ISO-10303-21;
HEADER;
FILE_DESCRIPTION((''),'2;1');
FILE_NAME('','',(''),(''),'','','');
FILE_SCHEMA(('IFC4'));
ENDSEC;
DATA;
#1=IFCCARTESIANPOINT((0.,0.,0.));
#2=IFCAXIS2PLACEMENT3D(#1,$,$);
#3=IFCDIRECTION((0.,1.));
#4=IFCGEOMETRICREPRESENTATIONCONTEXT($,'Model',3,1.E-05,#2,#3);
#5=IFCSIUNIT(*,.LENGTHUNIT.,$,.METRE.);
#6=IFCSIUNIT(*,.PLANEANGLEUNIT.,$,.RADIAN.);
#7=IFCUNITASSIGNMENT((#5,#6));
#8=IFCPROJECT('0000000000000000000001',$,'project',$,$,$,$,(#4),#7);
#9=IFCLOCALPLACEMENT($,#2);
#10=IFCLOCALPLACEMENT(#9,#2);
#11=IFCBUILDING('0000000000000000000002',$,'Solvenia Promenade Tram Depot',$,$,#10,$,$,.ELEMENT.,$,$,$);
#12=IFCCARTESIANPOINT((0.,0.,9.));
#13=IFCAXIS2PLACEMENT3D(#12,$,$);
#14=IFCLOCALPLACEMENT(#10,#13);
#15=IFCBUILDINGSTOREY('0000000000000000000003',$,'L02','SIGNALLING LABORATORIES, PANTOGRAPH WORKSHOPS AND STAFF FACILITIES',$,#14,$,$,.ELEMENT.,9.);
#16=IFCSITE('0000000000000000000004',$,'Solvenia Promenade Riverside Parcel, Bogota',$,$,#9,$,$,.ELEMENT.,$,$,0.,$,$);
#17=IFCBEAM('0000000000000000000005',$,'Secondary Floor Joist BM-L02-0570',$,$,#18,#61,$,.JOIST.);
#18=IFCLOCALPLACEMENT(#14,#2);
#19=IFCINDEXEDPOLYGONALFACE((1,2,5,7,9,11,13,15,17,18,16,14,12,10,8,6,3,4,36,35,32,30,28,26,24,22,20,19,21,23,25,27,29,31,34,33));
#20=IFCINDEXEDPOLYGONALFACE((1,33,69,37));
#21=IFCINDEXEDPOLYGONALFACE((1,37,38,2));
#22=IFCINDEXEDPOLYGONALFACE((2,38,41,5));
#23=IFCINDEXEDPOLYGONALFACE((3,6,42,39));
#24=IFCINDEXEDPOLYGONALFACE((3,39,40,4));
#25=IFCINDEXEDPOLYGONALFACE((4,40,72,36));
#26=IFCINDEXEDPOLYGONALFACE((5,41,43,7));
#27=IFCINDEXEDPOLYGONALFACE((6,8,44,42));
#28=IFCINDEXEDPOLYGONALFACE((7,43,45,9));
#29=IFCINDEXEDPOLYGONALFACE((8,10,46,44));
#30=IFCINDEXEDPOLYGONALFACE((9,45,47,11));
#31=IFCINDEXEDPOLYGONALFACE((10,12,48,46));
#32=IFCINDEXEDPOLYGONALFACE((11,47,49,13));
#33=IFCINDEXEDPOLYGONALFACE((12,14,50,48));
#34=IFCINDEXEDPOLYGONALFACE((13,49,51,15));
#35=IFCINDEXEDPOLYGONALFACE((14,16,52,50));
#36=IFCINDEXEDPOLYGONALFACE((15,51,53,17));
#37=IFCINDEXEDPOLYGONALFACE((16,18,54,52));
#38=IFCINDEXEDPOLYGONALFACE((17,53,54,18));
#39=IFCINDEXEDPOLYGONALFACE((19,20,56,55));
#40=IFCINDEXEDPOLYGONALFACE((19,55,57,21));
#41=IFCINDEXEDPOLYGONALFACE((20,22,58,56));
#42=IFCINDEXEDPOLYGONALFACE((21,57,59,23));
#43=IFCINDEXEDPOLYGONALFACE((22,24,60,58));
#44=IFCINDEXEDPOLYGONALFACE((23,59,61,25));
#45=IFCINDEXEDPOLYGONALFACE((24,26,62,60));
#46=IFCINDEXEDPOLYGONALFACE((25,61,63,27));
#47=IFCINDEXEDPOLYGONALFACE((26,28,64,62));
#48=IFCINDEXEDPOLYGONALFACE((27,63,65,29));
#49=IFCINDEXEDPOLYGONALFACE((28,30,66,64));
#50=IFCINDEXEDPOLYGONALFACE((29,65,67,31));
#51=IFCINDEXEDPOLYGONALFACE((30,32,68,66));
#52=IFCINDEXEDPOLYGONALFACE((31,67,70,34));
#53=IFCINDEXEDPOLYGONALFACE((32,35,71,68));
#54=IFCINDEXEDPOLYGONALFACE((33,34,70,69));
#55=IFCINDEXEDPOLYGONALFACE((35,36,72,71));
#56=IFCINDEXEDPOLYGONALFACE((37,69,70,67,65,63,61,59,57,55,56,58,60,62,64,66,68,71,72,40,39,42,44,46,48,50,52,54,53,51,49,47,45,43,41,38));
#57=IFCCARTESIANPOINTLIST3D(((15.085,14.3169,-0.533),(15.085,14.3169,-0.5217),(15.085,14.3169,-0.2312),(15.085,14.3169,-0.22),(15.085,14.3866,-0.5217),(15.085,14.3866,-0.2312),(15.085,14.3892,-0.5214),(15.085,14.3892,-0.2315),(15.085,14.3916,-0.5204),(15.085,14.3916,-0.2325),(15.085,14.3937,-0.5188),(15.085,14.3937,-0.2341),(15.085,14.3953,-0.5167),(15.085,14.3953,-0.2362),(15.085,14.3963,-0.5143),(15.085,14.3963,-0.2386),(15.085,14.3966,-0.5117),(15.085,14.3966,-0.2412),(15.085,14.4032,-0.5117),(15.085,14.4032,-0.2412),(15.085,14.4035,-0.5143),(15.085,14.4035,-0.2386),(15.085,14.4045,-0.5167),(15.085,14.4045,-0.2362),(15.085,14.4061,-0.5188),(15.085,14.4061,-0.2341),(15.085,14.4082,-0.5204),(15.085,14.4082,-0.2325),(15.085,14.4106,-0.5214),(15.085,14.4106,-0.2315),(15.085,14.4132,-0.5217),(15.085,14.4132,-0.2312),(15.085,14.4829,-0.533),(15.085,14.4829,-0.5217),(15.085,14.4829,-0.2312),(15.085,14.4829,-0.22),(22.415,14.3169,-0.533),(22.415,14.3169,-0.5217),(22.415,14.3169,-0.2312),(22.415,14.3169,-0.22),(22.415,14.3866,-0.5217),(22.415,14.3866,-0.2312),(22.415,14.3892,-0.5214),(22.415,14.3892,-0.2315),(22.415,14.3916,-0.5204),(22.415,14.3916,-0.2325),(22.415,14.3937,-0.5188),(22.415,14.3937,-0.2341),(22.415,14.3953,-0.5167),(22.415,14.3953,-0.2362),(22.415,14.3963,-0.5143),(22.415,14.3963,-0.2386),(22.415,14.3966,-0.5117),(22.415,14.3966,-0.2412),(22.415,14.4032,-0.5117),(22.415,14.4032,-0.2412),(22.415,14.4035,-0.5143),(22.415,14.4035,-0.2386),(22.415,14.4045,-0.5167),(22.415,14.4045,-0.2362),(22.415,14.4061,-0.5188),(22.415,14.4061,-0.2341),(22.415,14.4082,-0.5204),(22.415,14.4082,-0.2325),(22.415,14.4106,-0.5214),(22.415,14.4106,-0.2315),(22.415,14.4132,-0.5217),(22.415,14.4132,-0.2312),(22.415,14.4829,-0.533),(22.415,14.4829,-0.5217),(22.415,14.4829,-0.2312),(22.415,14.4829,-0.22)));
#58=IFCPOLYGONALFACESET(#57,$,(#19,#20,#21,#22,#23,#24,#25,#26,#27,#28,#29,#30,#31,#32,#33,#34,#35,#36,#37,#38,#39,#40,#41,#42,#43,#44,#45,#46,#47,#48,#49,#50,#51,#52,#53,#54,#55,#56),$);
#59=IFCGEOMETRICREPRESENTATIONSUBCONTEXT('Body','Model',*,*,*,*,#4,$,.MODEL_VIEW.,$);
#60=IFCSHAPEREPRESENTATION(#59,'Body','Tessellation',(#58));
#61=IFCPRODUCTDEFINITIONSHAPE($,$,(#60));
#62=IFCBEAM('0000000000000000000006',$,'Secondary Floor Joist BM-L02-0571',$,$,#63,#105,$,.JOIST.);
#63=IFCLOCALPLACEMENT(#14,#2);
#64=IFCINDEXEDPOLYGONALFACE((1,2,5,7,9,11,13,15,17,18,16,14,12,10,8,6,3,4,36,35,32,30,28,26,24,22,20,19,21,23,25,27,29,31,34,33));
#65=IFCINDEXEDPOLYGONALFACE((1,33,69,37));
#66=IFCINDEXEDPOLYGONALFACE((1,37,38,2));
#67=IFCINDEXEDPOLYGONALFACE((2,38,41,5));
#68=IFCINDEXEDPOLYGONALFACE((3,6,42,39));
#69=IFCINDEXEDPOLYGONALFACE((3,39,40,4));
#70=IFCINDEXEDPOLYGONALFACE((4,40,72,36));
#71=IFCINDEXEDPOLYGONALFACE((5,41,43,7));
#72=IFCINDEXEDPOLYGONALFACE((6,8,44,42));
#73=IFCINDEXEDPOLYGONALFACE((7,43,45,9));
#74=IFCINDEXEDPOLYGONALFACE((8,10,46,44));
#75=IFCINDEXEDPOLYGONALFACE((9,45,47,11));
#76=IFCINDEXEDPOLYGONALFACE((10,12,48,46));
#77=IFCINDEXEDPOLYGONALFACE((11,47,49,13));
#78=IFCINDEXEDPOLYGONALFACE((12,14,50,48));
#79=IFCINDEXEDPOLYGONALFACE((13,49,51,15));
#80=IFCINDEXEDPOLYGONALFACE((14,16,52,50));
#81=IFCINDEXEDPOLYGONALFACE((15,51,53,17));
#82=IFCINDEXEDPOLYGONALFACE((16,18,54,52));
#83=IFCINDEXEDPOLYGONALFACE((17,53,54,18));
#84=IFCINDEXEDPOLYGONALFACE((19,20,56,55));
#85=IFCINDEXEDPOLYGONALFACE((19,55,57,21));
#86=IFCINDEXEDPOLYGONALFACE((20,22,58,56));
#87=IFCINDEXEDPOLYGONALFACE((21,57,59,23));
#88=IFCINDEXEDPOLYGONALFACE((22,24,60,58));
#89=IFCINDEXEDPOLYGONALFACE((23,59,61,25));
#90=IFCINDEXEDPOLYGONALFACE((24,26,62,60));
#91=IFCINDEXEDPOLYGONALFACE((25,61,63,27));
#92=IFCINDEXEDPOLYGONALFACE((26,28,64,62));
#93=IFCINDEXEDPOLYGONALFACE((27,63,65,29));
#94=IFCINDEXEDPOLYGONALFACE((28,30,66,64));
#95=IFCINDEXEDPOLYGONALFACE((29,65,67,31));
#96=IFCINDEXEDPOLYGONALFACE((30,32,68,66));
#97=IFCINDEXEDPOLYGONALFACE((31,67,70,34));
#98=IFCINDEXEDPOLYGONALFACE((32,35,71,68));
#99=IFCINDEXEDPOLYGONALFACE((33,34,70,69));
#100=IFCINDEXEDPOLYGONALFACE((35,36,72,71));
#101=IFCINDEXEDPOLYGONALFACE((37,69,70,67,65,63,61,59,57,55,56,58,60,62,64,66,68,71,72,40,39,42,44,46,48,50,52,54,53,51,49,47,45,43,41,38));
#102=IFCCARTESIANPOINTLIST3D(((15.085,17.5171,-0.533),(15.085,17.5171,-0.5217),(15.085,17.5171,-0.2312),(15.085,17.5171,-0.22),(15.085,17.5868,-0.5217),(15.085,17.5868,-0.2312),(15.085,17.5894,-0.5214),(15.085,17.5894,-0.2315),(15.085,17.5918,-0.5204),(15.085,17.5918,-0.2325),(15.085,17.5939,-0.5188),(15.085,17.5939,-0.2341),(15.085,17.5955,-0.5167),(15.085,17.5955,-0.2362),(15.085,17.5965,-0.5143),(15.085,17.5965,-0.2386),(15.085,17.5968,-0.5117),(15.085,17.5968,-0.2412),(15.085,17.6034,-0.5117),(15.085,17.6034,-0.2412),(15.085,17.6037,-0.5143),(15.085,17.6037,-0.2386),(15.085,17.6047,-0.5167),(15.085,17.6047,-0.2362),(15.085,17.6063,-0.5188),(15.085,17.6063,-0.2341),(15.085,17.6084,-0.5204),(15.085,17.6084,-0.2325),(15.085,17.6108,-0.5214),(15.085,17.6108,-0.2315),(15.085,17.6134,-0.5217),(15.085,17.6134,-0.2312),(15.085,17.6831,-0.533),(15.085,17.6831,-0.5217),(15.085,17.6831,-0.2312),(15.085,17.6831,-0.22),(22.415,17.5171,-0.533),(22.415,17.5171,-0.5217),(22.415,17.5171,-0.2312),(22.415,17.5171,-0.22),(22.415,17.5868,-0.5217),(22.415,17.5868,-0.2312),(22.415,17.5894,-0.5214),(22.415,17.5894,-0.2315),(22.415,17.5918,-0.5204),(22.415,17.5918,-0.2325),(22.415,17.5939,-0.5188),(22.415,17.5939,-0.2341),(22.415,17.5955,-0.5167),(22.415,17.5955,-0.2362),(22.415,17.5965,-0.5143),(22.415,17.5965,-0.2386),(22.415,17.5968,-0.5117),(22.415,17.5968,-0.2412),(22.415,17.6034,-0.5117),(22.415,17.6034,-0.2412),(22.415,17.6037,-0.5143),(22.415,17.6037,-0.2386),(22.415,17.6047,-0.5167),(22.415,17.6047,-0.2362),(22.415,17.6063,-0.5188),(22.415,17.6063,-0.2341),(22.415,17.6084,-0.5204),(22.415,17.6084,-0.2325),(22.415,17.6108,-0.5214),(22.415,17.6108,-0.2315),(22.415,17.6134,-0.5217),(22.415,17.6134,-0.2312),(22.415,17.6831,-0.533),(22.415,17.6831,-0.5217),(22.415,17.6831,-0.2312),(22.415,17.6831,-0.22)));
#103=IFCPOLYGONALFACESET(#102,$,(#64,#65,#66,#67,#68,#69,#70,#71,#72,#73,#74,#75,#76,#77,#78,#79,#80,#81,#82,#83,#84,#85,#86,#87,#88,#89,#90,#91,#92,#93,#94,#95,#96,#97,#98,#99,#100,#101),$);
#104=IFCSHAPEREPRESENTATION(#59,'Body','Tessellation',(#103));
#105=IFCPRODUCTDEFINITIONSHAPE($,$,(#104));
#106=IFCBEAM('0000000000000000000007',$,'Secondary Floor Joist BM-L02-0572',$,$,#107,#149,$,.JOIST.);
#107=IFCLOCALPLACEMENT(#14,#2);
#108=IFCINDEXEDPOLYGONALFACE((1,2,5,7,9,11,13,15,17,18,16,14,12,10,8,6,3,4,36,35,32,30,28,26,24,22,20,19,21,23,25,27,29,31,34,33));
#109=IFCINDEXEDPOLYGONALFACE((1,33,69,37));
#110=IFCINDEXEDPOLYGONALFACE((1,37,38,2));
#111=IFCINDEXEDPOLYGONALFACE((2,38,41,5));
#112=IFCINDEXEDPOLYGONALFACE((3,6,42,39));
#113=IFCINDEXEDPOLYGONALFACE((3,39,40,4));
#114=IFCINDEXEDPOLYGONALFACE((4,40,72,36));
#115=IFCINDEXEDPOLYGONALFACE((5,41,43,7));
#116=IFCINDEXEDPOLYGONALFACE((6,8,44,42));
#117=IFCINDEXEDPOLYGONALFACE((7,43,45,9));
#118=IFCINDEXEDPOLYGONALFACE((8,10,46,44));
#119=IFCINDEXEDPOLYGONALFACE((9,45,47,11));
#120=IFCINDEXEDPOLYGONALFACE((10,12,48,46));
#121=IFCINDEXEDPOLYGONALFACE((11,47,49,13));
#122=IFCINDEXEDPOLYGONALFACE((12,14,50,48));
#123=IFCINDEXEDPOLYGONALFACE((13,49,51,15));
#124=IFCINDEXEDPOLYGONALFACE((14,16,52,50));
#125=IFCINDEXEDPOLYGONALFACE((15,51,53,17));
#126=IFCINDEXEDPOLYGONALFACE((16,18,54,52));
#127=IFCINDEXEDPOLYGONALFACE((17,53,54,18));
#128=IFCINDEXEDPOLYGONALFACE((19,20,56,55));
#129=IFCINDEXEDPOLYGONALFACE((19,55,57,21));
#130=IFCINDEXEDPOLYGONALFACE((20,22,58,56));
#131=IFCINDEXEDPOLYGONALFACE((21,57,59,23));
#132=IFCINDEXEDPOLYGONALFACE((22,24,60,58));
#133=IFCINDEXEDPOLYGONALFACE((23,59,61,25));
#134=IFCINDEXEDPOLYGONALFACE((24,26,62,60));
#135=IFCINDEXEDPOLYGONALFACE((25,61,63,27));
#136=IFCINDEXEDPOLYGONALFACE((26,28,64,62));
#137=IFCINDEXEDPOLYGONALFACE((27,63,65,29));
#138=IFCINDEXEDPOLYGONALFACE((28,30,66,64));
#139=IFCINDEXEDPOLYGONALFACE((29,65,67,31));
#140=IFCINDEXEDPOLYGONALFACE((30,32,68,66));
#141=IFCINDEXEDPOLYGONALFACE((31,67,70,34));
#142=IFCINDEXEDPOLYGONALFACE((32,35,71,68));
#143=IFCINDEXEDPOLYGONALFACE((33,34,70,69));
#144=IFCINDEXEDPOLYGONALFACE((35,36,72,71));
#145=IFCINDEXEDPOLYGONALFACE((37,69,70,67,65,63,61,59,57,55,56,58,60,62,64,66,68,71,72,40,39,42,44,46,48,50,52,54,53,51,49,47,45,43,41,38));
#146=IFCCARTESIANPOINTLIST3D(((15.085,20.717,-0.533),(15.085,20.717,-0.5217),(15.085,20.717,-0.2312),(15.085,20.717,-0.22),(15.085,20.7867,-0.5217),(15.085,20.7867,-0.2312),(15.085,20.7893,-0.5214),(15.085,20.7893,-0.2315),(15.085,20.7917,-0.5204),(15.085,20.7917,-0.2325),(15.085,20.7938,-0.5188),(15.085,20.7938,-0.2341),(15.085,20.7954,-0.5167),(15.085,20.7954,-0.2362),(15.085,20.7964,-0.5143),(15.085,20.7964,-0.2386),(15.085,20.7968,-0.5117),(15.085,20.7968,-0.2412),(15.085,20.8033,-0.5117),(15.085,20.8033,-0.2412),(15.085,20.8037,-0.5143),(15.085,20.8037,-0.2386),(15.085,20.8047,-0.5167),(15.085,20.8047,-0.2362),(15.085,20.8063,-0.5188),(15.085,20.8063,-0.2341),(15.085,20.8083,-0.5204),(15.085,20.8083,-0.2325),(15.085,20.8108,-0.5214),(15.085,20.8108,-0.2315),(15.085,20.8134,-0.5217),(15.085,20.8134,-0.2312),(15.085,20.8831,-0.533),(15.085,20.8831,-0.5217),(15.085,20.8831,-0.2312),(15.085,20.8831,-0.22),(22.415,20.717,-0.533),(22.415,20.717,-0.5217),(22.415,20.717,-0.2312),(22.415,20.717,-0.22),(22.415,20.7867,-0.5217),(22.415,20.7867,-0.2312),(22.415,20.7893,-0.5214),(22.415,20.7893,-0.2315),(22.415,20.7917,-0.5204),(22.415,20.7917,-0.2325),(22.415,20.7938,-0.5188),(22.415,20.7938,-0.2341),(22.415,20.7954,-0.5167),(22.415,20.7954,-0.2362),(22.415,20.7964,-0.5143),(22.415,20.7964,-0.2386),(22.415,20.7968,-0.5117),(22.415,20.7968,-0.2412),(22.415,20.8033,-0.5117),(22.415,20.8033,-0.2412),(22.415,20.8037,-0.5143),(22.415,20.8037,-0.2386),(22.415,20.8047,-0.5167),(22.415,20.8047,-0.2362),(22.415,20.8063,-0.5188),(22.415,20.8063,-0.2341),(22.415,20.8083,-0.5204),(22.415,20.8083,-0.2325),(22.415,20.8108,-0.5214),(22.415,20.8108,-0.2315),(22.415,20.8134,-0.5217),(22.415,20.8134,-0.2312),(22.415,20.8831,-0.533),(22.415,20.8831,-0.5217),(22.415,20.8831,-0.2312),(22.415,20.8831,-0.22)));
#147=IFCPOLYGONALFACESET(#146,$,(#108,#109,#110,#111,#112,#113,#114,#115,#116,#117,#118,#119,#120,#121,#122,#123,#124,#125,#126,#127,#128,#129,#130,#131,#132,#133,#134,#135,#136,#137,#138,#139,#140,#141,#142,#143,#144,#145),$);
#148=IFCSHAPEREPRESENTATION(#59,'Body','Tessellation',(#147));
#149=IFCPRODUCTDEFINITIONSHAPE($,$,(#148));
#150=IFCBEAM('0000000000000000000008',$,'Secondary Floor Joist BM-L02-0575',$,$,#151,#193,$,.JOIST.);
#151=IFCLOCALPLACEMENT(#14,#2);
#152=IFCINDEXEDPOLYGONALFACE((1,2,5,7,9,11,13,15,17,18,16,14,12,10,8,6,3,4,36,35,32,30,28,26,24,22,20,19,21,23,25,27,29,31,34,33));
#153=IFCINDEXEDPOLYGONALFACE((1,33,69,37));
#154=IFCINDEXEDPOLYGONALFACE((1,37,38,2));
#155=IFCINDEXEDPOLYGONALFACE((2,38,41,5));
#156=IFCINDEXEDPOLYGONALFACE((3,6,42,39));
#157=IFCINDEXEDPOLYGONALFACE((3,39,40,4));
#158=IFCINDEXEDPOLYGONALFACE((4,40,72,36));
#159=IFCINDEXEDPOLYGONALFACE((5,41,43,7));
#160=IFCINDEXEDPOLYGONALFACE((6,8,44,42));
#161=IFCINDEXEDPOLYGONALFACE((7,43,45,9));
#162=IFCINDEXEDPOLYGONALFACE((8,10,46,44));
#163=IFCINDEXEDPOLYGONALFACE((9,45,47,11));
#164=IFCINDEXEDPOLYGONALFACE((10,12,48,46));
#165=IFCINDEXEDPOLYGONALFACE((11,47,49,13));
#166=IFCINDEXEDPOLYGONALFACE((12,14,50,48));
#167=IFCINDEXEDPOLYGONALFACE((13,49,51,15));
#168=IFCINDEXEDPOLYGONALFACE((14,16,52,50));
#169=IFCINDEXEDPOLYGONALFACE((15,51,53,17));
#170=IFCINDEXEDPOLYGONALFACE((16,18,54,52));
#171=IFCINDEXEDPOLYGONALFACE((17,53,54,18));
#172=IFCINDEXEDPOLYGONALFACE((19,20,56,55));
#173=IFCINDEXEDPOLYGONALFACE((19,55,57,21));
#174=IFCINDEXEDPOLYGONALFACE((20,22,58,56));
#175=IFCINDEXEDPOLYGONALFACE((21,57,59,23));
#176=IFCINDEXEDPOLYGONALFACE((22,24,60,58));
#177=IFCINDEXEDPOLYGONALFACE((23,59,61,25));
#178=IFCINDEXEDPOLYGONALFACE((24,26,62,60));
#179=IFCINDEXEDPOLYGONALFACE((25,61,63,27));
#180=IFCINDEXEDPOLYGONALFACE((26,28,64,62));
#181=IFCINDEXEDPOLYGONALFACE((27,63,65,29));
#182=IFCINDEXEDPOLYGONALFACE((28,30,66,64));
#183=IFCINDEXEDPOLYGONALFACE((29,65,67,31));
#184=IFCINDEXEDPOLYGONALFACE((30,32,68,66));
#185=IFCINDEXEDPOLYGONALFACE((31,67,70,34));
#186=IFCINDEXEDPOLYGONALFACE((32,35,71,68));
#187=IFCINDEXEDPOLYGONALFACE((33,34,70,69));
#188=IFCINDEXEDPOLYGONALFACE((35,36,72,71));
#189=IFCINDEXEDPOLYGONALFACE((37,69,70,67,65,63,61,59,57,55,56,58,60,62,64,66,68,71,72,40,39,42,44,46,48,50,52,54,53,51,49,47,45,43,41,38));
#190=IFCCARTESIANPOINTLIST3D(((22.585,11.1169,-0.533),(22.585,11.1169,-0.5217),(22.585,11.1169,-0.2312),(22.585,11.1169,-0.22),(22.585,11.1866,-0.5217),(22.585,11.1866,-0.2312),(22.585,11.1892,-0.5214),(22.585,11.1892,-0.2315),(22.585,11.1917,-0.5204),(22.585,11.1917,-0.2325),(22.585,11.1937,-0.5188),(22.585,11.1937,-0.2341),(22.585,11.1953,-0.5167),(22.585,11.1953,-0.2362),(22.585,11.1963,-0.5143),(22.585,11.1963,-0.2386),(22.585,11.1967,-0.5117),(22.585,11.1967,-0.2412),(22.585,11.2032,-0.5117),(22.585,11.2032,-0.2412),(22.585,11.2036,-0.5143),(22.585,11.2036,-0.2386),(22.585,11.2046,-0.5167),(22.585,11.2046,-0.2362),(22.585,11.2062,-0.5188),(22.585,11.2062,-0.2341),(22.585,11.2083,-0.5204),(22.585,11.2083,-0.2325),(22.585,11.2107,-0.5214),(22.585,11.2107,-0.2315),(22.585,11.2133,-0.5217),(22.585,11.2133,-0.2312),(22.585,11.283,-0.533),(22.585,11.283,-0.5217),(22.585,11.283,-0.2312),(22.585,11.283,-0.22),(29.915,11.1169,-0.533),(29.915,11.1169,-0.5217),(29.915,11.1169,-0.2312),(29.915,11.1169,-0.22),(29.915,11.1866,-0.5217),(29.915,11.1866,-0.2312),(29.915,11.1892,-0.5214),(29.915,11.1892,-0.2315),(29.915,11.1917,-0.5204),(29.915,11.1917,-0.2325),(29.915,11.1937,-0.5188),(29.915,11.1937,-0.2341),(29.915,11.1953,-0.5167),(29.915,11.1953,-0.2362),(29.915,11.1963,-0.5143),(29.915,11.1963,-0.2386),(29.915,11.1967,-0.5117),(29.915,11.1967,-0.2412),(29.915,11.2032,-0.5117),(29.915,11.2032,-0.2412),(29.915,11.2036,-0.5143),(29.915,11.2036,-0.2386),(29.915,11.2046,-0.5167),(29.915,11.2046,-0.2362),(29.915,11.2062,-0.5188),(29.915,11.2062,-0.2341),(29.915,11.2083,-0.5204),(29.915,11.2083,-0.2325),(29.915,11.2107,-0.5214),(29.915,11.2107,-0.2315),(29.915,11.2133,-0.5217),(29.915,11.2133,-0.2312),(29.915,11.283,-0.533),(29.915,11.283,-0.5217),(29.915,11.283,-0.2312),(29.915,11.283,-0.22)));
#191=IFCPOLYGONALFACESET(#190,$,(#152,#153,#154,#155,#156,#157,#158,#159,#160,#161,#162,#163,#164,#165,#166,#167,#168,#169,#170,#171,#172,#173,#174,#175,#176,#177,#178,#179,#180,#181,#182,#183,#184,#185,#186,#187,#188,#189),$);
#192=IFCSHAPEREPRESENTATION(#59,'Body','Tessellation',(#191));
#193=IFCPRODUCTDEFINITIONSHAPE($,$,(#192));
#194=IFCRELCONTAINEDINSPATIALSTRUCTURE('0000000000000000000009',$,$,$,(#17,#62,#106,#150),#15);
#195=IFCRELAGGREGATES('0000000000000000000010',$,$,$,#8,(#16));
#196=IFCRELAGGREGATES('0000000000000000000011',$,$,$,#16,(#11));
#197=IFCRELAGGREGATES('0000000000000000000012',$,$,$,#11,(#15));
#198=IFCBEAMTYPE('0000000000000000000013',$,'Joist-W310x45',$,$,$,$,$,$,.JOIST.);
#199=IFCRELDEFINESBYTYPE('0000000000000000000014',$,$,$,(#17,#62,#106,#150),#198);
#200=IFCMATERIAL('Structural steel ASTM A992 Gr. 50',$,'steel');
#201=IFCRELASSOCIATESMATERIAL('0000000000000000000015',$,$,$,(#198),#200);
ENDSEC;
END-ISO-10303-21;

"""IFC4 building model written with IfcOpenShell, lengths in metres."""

from ifc_helpers import new_model, si_unit, direction, frame, origin, origin_2d, place, context, subcontext, project, spatial, i_section, extrude, material, material_profile, profile_set, type_object, element, save


model = new_model("IFC4")

# Units and contexts
model_context = context("Model", 3, precision=1e-05, world=origin(), true_north=direction((0.0, 1.0)))
body_context = subcontext(model_context, "Body", "Model", "MODEL_VIEW")
ifc_project = project(units=[si_unit("LENGTHUNIT", "METRE"), si_unit("PLANEANGLEUNIT", "RADIAN")], contexts=[model_context])

# Site, building, storey
site_placement = place(None, origin())
site = spatial("IfcSite", under=ifc_project, at=site_placement, Name="Solvenia Promenade Riverside Parcel, Bogota", CompositionType="ELEMENT", RefElevation=0.0)
building_placement = place(site_placement, origin())
building = spatial("IfcBuilding", under=site, at=building_placement, Name="Solvenia Promenade Tram Depot", CompositionType="ELEMENT")
storey_placement = place(building_placement, frame((0.0, 0.0, 9.0)))
storey = spatial("IfcBuildingStorey", under=building, at=storey_placement, Name="L02", Description="SIGNALLING LABORATORIES, PANTOGRAPH WORKSHOPS AND STAFF FACILITIES", CompositionType="ELEMENT", Elevation=9.0)

# Beams
ifc_material_1 = material(Name="Structural steel ASTM A992 Gr. 50", Category="steel")
ifc_material_profile_1 = material_profile(ifc_material_1, i_section(OverallWidth=0.166, OverallDepth=0.313, WebThickness=0.0066, FlangeThickness=0.0112, FilletRadius=0.01, at=origin_2d()), Name="W310x45", Category="steel")
ifc_profile_set_1 = profile_set([ifc_material_profile_1], Name="Structural steel ASTM A992 Gr. 50")
beam_type_1 = type_object("IfcBeamType", Name="Joist-W310x45", PredefinedType="JOIST", material=ifc_profile_set_1)
for number, where, z_axis, x_axis, name in (
    (1, (15.085, 14.3999, -0.3765), (1.0, 0.0, 0.0), (0.0, 1.0, 0.0), "Secondary Floor Joist BM-L02-0570"),
    (2, (15.085, 17.6001, -0.3765), (1.0, 0.0, 0.0), (0.0, 1.0, 0.0), "Secondary Floor Joist BM-L02-0571"),
    (3, (15.085, 20.8, -0.3765), (1.0, 0.0, 0.0), (0.0, 1.0, 0.0), "Secondary Floor Joist BM-L02-0572"),
    (4, (22.585, 11.2, -0.3765), (1.0, 0.0, 0.0), (0.0, 1.0, 0.0), "Secondary Floor Joist BM-L02-0575"),
):
    element("IfcBeam", number, at=place(storey_placement, frame(where, z_axis=z_axis, x_axis=x_axis)), inside=storey, type_object=beam_type_1, Name=name, PredefinedType="JOIST", context=body_context, shape_type="SweptSolid", body=[
        extrude(i_section(OverallWidth=0.166, OverallDepth=0.313, WebThickness=0.0066, FlangeThickness=0.0112, FilletRadius=0.01, at=origin_2d()), origin(), (0.0, 0.0, 1.0), 7.3301),
    ])

save(model, "model.ifc")
